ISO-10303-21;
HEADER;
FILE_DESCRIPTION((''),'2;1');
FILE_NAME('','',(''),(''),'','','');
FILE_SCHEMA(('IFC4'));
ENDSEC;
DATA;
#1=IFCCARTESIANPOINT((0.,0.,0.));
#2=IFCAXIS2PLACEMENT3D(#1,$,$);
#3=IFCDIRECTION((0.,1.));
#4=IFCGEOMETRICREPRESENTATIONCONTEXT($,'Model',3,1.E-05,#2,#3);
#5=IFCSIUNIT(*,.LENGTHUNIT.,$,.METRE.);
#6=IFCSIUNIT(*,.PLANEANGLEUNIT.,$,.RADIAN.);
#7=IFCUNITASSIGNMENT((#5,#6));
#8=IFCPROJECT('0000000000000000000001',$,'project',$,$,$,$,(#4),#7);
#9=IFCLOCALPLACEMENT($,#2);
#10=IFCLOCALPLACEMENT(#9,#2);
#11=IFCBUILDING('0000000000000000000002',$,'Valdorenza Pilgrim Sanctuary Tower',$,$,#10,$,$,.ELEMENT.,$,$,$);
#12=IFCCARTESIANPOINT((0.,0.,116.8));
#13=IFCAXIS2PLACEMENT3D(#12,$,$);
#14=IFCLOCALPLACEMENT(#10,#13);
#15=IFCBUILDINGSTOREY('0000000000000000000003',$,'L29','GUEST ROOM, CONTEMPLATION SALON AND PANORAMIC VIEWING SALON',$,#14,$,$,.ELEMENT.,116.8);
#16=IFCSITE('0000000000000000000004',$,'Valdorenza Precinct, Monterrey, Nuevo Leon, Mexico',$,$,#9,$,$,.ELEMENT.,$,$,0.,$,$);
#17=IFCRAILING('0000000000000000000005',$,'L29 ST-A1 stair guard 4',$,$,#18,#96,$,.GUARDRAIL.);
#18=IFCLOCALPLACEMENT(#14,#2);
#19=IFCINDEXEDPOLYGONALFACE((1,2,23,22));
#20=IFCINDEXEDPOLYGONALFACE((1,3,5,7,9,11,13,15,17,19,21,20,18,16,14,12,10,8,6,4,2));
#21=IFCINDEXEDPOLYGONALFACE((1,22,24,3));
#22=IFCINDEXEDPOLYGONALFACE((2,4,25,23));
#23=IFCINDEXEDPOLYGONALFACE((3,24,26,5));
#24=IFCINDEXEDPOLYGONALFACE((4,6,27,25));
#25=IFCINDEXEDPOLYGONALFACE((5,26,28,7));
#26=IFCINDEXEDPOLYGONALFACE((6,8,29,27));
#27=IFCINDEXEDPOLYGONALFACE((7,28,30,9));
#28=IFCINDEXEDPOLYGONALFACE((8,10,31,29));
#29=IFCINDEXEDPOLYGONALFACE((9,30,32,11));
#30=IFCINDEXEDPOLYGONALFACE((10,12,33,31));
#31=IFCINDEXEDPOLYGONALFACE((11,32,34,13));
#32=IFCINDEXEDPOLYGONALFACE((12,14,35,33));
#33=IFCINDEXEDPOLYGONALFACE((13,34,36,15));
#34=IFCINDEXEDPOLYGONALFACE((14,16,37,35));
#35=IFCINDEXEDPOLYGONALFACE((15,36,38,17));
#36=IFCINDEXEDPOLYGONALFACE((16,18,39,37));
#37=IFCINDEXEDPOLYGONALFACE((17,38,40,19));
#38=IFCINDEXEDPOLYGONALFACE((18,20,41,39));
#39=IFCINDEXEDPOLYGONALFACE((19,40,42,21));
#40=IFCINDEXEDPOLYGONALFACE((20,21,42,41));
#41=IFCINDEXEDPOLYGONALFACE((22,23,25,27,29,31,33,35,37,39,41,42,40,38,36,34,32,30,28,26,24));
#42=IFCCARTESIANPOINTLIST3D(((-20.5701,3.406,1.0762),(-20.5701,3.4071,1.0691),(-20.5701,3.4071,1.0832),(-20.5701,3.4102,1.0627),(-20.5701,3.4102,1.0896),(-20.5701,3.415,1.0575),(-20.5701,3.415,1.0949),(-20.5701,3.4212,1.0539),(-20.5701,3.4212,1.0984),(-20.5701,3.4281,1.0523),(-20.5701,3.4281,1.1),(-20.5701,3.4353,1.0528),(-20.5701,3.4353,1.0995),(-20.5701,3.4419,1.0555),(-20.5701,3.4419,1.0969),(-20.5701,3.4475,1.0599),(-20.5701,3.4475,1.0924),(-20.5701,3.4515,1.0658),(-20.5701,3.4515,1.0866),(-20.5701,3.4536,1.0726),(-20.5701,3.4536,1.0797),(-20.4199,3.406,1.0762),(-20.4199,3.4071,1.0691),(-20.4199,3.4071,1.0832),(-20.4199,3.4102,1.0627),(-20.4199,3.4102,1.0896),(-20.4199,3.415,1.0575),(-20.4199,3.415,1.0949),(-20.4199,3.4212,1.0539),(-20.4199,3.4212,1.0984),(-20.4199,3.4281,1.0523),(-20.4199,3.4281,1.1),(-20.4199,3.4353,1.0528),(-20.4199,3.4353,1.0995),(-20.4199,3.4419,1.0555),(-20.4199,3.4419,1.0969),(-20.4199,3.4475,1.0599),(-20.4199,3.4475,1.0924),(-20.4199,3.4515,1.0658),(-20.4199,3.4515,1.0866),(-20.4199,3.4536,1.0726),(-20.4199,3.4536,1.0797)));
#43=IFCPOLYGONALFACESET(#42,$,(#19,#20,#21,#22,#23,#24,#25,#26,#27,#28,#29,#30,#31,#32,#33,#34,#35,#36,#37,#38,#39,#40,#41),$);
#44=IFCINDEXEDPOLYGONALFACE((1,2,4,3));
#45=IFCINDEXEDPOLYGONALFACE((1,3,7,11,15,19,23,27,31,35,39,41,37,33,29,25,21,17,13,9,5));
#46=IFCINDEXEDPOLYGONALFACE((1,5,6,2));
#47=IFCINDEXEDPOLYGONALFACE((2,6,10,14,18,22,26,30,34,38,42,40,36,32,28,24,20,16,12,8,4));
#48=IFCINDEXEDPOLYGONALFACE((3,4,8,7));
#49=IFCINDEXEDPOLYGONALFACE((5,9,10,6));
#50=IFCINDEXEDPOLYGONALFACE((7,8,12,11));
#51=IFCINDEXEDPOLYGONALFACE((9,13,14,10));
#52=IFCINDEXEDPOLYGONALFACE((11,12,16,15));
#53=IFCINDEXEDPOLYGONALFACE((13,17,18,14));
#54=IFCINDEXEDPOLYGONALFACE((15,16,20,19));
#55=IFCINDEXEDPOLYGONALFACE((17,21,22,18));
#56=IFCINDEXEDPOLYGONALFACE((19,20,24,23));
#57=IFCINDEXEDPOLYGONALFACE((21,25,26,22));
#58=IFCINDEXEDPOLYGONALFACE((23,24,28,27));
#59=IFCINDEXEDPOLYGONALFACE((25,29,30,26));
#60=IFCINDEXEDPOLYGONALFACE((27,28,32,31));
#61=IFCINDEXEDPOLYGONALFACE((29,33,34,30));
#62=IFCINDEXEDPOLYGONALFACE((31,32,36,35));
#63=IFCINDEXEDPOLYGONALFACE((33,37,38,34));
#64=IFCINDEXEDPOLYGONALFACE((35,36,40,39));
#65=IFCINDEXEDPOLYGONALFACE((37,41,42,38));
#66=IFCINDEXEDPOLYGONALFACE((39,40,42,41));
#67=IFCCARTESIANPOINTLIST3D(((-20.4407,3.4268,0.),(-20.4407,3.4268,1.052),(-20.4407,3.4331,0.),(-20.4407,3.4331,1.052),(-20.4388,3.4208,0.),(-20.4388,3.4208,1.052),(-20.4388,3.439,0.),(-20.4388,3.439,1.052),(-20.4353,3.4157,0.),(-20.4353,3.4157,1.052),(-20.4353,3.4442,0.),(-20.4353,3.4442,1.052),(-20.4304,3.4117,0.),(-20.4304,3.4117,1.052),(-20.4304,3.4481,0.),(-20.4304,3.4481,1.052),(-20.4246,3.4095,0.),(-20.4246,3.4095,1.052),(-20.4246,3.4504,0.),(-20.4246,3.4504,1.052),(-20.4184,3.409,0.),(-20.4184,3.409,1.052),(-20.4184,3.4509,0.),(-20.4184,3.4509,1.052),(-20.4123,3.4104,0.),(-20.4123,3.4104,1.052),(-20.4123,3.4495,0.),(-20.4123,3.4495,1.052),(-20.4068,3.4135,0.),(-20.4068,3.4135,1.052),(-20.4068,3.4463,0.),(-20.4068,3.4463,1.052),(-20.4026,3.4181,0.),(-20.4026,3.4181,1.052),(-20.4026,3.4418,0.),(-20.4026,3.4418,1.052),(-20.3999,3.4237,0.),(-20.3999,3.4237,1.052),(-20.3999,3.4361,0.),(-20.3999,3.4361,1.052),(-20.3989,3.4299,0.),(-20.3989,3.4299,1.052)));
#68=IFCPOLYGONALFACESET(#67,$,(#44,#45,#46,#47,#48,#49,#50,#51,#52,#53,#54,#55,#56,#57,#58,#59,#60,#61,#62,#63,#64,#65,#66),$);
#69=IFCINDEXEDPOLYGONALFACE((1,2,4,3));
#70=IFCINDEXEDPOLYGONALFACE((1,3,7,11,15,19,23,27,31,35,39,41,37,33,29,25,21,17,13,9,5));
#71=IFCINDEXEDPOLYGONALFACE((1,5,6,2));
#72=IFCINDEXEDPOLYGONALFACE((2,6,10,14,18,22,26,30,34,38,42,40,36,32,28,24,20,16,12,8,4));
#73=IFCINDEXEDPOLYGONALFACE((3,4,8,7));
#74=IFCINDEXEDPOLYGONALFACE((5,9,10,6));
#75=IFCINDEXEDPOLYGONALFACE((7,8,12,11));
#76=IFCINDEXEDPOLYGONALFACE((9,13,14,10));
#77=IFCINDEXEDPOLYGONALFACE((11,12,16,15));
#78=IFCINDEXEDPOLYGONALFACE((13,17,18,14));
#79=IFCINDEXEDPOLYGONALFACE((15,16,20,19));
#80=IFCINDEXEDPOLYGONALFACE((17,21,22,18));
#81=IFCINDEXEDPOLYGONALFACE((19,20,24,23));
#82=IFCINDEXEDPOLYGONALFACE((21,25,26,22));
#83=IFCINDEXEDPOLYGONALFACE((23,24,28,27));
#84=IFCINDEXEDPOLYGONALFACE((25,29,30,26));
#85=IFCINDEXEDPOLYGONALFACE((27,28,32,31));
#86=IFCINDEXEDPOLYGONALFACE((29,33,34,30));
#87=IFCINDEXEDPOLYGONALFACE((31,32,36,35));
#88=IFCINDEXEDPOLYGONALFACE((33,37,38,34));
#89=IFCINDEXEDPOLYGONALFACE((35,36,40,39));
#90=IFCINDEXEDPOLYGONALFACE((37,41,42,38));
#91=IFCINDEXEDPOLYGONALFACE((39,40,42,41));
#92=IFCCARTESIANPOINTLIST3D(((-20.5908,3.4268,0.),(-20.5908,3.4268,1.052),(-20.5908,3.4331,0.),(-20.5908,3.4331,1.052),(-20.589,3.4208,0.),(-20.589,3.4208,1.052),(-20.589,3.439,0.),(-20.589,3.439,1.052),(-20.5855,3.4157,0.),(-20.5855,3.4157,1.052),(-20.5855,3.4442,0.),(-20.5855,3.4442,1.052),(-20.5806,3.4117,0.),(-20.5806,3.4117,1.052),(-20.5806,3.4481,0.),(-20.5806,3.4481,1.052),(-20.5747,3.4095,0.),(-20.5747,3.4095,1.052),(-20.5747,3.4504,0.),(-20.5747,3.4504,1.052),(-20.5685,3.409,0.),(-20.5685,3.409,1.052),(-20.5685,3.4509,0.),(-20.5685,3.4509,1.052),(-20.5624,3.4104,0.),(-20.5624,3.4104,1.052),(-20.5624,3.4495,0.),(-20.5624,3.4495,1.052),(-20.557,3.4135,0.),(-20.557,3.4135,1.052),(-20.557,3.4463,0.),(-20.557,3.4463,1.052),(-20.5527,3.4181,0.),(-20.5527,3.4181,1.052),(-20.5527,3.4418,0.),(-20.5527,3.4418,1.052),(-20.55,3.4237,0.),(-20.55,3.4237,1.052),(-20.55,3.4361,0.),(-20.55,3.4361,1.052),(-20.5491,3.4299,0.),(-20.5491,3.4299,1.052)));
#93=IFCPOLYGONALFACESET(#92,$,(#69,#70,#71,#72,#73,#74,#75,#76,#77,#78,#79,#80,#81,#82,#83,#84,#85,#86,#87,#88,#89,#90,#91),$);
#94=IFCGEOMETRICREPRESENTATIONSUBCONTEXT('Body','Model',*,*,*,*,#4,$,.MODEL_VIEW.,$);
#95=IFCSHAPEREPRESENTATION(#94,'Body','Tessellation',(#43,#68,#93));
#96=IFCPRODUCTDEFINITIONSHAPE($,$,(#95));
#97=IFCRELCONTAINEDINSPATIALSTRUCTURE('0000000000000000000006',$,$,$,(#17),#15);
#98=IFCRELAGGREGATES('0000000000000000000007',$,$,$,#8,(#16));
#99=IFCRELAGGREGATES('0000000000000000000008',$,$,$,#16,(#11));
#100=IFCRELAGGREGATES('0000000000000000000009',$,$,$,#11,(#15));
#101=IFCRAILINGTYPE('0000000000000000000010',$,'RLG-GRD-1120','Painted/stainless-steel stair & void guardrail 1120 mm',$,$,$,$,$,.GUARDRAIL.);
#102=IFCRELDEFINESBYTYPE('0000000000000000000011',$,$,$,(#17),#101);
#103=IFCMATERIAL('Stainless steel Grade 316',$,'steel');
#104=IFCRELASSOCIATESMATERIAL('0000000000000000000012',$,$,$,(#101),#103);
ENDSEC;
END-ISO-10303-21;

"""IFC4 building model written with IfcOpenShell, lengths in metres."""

from ifc_helpers import new_model, si_unit, direction, frame, origin, origin_2d, place, context, subcontext, project, spatial, circle, extrude, material, type_object, element, save


model = new_model("IFC4")

# Units and contexts
model_context = context("Model", 3, precision=1e-05, world=origin(), true_north=direction((0.0, 1.0)))
body_context = subcontext(model_context, "Body", "Model", "MODEL_VIEW")
ifc_project = project(units=[si_unit("LENGTHUNIT", "METRE"), si_unit("PLANEANGLEUNIT", "RADIAN")], contexts=[model_context])

# Site, building, storey
site_placement = place(None, origin())
site = spatial("IfcSite", under=ifc_project, at=site_placement, Name="Valdorenza Precinct, Monterrey, Nuevo Leon, Mexico", CompositionType="ELEMENT", RefElevation=0.0)
building_placement = place(site_placement, origin())
building = spatial("IfcBuilding", under=site, at=building_placement, Name="Valdorenza Pilgrim Sanctuary Tower", CompositionType="ELEMENT")
storey_placement = place(building_placement, frame((0.0, 0.0, 116.8)))
storey = spatial("IfcBuildingStorey", under=building, at=storey_placement, Name="L29", Description="GUEST ROOM, CONTEMPLATION SALON AND PANORAMIC VIEWING SALON", CompositionType="ELEMENT", Elevation=116.8)

# Railing
ifc_material_1 = material(Name="Stainless steel Grade 316", Category="steel")
railing_type_1 = type_object("IfcRailingType", Name="RLG-GRD-1120", Description="Painted/stainless-steel stair & void guardrail 1120 mm", PredefinedType="GUARDRAIL", material=ifc_material_1)
railing_1_placement = place(storey_placement, frame((-20.4199, 3.4299, 0.0)))
element("IfcRailing", 1, at=railing_1_placement, inside=storey, type_object=railing_type_1, Name="L29 ST-A1 stair guard 4", PredefinedType="GUARDRAIL", context=body_context, shape_type="SweptSolid", body=[
    extrude(circle(Radius=0.0239, at=origin_2d()), frame((0.0, 0.0, 1.0762), z_axis=(-1.0, 0.0, 0.0), x_axis=(0.0, -1.0, 0.0)), (0.0, 0.0, 1.0), 0.1501),
    extrude(circle(Radius=0.021, at=origin_2d()), origin(), (0.0, 0.0, 1.0), 1.052),
    extrude(circle(Radius=0.021, at=origin_2d()), frame((-0.1501, 0.0, 0.0)), (0.0, 0.0, 1.0), 1.052),
])

save(model, "model.ifc")
